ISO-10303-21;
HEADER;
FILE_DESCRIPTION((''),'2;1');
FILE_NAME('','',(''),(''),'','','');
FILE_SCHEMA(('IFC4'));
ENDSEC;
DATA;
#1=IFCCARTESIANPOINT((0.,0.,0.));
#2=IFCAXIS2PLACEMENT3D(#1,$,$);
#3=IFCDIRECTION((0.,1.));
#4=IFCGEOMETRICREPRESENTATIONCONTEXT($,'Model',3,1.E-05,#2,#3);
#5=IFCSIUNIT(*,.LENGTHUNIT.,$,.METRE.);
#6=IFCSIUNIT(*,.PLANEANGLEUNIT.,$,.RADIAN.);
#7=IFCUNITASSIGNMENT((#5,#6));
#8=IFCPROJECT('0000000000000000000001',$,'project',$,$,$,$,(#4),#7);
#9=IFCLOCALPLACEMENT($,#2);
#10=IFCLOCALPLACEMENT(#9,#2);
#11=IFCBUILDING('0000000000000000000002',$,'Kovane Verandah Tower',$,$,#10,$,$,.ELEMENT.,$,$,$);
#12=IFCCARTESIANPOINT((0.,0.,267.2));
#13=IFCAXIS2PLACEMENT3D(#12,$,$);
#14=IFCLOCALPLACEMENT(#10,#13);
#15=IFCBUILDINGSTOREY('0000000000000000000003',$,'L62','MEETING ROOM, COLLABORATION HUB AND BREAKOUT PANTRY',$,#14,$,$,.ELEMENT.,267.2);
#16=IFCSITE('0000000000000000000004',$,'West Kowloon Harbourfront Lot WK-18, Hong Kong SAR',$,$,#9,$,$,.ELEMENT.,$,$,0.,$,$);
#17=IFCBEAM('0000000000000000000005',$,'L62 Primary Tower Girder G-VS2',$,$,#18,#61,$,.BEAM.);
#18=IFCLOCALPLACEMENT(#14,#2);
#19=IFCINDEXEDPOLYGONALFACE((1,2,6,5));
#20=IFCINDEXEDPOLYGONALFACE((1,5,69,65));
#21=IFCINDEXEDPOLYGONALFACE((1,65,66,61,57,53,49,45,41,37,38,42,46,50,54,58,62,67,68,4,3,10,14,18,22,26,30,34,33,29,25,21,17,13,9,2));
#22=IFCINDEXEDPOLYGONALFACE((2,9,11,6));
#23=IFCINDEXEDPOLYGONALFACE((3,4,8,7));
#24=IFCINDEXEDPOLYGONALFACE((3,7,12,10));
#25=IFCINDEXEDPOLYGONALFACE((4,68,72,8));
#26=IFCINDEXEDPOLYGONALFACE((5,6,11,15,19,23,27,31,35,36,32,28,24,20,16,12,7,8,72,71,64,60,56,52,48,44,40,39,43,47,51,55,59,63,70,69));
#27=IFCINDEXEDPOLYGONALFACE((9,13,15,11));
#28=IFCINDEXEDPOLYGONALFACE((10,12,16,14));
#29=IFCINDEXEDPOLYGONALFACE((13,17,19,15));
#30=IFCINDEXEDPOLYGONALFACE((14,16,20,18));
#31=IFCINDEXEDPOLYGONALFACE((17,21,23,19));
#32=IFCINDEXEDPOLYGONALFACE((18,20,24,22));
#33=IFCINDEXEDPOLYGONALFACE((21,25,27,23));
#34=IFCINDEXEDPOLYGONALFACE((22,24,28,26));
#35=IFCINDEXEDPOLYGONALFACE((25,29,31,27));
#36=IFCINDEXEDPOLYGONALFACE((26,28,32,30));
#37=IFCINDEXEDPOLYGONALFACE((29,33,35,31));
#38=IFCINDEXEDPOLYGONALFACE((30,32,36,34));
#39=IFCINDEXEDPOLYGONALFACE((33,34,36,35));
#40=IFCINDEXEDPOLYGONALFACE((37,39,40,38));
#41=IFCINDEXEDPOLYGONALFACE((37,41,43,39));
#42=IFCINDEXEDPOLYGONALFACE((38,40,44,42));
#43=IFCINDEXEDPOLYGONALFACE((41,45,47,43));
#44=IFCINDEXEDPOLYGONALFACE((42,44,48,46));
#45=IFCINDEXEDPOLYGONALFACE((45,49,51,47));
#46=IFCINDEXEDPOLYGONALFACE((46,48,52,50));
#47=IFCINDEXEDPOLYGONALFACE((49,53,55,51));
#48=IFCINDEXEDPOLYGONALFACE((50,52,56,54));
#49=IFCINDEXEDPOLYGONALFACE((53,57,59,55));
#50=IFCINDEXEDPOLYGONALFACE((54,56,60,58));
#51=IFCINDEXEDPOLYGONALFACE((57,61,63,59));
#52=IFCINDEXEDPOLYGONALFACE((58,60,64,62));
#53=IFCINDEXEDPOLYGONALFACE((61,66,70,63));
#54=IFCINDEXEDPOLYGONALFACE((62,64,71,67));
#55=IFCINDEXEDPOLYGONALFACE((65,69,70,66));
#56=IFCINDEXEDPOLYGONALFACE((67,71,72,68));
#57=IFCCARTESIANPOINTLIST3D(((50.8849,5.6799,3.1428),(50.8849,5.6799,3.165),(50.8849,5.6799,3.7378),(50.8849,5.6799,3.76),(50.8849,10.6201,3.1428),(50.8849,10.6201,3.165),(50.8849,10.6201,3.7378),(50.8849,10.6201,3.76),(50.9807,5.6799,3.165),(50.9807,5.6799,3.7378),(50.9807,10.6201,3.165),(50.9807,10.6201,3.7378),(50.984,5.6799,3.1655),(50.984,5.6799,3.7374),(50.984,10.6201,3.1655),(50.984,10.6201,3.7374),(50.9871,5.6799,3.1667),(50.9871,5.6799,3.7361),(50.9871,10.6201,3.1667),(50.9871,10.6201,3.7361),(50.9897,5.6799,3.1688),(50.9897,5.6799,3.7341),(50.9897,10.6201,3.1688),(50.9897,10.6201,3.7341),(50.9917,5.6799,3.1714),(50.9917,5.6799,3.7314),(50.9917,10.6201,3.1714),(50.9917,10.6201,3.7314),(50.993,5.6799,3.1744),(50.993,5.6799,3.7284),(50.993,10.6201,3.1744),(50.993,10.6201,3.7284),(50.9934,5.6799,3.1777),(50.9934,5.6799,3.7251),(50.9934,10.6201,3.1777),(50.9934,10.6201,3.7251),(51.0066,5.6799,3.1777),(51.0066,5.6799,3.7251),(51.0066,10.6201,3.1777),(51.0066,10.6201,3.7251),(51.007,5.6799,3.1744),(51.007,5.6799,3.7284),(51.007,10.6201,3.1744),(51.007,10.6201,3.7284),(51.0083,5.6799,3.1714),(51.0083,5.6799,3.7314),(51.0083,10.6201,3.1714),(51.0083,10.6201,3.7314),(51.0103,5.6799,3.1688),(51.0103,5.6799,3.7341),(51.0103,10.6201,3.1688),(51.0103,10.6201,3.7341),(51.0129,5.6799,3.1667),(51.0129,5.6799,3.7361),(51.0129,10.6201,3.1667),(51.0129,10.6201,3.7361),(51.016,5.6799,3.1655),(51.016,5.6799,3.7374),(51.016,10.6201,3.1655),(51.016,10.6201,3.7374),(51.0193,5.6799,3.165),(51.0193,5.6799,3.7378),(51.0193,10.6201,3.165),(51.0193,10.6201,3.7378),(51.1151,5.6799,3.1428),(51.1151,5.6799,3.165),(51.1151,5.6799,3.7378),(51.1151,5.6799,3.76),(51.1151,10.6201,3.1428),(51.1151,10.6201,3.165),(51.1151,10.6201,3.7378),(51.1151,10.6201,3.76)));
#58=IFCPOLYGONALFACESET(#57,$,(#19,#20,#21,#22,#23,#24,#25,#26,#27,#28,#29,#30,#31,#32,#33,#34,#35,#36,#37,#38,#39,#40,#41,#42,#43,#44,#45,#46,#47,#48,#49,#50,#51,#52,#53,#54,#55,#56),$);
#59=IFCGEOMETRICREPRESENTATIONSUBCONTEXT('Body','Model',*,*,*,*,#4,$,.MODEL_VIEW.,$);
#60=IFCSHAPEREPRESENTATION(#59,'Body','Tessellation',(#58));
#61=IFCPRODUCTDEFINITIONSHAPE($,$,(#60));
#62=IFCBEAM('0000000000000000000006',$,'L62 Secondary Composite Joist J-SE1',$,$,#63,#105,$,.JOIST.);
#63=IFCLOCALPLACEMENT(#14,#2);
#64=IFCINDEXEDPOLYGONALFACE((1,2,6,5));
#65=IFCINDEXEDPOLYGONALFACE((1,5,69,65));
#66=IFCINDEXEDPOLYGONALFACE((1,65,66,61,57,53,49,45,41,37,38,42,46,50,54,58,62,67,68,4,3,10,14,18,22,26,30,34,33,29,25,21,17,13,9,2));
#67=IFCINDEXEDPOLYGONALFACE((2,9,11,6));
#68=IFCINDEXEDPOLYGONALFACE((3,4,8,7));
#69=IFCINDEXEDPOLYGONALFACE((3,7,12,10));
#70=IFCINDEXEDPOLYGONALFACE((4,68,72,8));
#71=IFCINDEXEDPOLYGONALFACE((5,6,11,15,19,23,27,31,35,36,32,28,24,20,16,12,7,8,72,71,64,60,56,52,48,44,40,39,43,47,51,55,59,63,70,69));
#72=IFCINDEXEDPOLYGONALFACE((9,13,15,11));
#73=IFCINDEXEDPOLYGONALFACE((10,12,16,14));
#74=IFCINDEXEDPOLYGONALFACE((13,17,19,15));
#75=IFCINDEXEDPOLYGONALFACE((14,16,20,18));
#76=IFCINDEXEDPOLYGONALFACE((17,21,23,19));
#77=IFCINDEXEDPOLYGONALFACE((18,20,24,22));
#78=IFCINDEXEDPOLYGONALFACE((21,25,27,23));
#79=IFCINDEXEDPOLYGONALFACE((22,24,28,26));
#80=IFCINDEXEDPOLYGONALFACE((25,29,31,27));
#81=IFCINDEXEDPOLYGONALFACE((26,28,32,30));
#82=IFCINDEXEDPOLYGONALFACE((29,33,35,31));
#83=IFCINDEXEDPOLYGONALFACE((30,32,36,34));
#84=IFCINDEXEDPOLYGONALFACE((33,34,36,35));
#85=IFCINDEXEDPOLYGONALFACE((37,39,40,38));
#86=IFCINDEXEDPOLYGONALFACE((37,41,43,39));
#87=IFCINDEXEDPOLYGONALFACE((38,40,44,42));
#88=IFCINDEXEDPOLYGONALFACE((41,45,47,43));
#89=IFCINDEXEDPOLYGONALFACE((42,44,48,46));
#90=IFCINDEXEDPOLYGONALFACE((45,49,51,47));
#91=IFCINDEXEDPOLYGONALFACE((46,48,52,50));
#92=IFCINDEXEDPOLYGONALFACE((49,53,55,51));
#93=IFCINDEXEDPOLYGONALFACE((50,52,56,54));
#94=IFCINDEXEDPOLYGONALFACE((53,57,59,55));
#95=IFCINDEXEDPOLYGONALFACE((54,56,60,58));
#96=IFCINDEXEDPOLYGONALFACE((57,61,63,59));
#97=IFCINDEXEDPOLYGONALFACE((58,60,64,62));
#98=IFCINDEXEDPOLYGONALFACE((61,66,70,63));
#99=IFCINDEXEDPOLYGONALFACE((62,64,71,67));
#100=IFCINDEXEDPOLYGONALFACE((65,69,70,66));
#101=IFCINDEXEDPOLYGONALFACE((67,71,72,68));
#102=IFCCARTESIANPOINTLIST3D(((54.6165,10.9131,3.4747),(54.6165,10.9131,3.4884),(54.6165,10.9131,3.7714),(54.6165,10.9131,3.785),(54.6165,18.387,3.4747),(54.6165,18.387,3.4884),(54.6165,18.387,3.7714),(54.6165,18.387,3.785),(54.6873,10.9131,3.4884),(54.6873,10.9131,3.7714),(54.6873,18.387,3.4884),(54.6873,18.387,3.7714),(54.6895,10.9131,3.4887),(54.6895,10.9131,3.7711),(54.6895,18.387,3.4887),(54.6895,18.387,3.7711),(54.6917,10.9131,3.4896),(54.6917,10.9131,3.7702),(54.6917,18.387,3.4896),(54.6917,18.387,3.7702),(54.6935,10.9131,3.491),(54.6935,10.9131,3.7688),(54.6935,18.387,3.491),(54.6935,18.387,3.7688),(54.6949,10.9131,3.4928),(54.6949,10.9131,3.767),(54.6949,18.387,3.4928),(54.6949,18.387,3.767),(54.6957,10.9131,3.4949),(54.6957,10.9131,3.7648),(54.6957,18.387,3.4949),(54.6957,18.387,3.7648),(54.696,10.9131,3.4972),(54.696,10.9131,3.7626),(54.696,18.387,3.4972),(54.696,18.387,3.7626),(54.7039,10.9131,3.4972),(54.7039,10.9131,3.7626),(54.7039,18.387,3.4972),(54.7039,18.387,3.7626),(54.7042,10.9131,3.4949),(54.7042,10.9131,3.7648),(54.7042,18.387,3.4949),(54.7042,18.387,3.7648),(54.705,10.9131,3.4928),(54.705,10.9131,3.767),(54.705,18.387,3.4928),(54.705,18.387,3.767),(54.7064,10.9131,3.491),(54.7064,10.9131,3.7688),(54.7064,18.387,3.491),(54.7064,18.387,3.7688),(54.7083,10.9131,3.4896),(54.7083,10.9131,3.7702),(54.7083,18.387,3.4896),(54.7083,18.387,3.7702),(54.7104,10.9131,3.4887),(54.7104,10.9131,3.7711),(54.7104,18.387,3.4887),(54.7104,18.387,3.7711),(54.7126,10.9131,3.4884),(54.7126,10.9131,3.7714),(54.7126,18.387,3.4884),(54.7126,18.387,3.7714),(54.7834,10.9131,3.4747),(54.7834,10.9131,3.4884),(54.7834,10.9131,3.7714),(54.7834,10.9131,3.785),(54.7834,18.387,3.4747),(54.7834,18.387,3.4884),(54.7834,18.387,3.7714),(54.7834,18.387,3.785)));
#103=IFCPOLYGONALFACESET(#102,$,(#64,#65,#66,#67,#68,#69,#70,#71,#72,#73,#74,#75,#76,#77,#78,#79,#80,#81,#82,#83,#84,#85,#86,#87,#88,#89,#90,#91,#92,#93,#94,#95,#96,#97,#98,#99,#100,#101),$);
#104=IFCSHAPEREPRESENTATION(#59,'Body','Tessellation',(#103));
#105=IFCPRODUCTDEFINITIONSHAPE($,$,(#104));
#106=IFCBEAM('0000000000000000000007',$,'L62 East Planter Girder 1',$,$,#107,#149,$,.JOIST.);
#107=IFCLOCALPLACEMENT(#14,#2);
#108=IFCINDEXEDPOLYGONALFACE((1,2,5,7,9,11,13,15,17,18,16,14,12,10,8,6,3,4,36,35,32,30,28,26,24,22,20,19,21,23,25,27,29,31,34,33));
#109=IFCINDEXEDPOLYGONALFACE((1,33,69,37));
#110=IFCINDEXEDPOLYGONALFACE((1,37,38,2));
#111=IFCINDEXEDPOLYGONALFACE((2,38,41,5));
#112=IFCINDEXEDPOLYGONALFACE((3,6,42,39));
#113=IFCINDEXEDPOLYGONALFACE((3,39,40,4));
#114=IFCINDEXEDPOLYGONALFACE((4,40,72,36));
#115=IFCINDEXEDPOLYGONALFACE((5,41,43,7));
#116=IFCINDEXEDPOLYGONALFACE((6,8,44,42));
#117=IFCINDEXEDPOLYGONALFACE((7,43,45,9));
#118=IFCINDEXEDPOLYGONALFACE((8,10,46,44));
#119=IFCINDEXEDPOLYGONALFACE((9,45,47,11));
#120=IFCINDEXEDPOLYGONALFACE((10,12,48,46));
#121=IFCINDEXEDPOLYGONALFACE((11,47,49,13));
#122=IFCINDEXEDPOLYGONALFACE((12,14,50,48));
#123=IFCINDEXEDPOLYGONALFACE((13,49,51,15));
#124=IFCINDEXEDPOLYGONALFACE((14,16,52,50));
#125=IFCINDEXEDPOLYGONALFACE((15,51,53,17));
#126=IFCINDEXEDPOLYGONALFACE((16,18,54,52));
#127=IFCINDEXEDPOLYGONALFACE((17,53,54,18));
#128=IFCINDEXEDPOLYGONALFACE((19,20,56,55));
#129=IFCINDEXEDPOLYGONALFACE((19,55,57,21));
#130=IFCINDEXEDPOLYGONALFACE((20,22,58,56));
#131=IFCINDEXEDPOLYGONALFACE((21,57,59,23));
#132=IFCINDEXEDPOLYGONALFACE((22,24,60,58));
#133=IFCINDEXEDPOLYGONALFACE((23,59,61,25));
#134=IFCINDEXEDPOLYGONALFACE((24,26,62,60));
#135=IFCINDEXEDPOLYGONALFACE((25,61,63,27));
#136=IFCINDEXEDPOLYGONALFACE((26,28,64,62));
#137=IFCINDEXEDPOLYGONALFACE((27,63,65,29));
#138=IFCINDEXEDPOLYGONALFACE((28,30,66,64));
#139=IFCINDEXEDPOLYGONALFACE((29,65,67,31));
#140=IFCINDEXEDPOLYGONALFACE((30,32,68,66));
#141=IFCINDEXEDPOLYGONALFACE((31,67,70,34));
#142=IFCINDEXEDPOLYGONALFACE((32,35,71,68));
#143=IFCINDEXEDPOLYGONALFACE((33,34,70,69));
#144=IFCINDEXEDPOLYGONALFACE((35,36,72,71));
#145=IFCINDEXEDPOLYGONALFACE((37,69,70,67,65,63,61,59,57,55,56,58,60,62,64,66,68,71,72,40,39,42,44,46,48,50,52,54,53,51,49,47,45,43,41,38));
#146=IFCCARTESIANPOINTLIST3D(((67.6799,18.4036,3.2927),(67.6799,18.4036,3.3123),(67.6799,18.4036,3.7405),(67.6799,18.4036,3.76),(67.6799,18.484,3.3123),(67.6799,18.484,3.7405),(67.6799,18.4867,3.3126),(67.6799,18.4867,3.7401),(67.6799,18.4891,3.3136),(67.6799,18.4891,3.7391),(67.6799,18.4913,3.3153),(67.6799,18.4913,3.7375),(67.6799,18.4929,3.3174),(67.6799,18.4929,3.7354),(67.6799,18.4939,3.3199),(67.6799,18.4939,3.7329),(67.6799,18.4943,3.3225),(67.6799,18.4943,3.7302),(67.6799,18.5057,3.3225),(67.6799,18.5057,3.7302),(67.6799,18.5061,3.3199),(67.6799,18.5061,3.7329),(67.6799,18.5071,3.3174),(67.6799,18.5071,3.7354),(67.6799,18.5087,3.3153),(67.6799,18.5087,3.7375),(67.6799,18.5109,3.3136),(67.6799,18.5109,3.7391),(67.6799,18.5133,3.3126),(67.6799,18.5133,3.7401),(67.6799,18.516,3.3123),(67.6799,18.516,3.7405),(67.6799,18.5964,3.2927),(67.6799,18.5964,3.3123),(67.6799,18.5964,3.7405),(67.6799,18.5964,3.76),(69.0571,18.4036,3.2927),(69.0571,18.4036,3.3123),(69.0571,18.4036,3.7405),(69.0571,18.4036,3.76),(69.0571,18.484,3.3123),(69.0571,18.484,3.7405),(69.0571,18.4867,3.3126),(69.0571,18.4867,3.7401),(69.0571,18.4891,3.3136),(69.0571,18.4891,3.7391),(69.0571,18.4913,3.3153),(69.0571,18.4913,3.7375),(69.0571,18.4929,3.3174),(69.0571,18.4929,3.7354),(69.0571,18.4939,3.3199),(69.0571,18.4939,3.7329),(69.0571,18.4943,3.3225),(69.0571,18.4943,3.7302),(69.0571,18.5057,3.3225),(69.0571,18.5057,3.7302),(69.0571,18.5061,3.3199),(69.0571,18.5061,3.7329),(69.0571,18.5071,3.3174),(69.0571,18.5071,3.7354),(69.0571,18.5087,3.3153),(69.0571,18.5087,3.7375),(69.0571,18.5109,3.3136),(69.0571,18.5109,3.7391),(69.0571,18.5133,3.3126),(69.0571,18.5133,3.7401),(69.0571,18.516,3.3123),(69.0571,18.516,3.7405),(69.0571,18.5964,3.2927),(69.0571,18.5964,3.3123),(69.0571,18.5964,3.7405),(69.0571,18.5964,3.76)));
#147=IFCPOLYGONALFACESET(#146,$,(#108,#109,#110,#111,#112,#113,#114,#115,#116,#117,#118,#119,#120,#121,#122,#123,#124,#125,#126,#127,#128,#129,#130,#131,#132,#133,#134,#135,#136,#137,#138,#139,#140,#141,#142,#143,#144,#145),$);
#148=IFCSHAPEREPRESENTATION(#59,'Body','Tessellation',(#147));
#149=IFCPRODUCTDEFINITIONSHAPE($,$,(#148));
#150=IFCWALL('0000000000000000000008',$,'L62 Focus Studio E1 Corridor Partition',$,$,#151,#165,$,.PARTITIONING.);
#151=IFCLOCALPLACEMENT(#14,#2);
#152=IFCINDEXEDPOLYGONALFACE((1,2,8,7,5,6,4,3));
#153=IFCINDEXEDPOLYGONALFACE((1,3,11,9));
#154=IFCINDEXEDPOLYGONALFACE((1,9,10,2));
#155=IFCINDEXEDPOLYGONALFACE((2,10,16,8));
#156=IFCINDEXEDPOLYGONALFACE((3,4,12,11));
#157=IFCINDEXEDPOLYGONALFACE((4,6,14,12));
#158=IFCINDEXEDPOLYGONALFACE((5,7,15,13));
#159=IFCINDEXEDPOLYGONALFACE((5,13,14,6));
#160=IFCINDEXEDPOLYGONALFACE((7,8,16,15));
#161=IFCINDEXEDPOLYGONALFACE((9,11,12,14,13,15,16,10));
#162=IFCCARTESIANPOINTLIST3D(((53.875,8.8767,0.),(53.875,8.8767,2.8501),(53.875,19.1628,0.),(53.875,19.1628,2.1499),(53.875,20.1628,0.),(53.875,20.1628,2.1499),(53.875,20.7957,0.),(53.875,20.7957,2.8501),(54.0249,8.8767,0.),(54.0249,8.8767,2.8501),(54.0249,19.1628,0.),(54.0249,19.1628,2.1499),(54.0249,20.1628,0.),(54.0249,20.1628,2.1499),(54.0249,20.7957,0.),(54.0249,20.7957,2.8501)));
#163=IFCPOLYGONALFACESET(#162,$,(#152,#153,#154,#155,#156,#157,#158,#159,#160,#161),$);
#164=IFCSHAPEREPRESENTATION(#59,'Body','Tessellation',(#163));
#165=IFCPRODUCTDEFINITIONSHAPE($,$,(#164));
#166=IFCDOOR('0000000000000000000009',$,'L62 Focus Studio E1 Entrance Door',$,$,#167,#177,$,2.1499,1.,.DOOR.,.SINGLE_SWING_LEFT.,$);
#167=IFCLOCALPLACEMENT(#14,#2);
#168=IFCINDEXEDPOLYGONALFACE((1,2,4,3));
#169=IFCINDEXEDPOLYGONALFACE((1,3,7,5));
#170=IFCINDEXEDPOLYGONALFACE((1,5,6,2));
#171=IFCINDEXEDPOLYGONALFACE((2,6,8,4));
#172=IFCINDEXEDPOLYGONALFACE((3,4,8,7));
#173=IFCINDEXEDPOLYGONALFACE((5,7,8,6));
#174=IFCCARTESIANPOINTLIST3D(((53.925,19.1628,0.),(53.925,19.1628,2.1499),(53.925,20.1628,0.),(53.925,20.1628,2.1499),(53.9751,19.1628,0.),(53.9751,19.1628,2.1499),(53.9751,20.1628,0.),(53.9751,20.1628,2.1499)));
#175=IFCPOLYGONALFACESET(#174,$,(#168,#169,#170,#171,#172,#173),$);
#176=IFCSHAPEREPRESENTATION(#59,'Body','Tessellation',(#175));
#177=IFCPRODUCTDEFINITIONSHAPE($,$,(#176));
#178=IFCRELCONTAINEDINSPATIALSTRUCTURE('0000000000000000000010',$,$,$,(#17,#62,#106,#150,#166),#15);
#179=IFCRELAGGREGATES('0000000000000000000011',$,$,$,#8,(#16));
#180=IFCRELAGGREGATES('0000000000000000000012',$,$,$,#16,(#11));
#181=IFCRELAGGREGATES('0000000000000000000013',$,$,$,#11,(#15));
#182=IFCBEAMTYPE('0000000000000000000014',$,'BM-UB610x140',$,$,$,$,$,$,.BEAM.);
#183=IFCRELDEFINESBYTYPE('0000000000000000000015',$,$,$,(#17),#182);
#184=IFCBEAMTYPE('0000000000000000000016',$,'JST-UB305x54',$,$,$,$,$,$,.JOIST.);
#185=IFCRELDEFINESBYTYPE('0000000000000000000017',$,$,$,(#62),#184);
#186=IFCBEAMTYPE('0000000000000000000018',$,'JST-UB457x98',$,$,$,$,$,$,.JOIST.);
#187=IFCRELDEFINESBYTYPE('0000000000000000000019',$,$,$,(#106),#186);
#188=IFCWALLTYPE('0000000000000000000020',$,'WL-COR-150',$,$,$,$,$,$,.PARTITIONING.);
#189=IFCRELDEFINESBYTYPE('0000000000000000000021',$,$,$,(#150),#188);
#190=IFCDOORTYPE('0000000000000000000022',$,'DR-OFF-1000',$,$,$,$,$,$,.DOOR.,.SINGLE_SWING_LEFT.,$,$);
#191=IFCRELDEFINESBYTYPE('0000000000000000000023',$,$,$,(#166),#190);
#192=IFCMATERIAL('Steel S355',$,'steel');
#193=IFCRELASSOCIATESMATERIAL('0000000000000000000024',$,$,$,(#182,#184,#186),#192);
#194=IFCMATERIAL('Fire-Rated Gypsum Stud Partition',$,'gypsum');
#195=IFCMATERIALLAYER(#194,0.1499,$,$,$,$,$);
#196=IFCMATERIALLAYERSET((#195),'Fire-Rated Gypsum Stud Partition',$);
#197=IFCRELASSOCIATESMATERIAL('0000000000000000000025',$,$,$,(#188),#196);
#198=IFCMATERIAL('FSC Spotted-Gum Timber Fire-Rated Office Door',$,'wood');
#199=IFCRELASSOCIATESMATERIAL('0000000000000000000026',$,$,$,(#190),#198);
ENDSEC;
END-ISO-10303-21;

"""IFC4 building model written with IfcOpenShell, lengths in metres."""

from ifc_helpers import new_model, si_unit, direction, frame, frame_2d, origin, origin_2d, place, context, subcontext, project, spatial, rectangle, i_section, extrude, material, layer, layer_set, material_profile, profile_set, type_object, element, fill, save


model = new_model("IFC4")

# Units and contexts
model_context = context("Model", 3, precision=1e-05, world=origin(), true_north=direction((0.0, 1.0)))
body_context = subcontext(model_context, "Body", "Model", "MODEL_VIEW")
ifc_project = project(units=[si_unit("LENGTHUNIT", "METRE"), si_unit("PLANEANGLEUNIT", "RADIAN")], contexts=[model_context])

# Site, building, storey
site_placement = place(None, origin())
site = spatial("IfcSite", under=ifc_project, at=site_placement, Name="West Kowloon Harbourfront Lot WK-18, Hong Kong SAR", CompositionType="ELEMENT", RefElevation=0.0)
building_placement = place(site_placement, origin())
building = spatial("IfcBuilding", under=site, at=building_placement, Name="Kovane Verandah Tower", CompositionType="ELEMENT")
storey_placement = place(building_placement, frame((0.0, 0.0, 267.2)))
storey = spatial("IfcBuildingStorey", under=building, at=storey_placement, Name="L62", Description="MEETING ROOM, COLLABORATION HUB AND BREAKOUT PANTRY", CompositionType="ELEMENT", Elevation=267.2)

# Beams
ifc_material_1 = material(Name="Steel S355", Category="steel")
ifc_material_profile_1 = material_profile(ifc_material_1, i_section(OverallWidth=0.2302, OverallDepth=0.6172, WebThickness=0.0132, FlangeThickness=0.0222, FilletRadius=0.0127, at=origin_2d()), Name="UB610x229x140")
ifc_profile_set_1 = profile_set([ifc_material_profile_1], Name="Steel S355")
beam_type_1 = type_object("IfcBeamType", Name="BM-UB610x140", PredefinedType="BEAM", material=ifc_profile_set_1)
beam_1_placement = place(storey_placement, frame((51.0, 10.6201, 3.4514), z_axis=(0.0, -1.0, 0.0), x_axis=(1.0, 0.0, 0.0)))
element("IfcBeam", 1, at=beam_1_placement, inside=storey, type_object=beam_type_1, Name="L62 Primary Tower Girder G-VS2", PredefinedType="BEAM", context=body_context, shape_type="SweptSolid", body=[
    extrude(i_section(OverallWidth=0.2302, OverallDepth=0.6172, WebThickness=0.0132, FlangeThickness=0.0222, FilletRadius=0.0127, at=origin_2d()), origin(), (0.0, 0.0, 1.0), 4.9402),
])
ifc_material_profile_2 = material_profile(ifc_material_1, i_section(OverallWidth=0.167, OverallDepth=0.3103, WebThickness=0.0078, FlangeThickness=0.0137, FilletRadius=0.0088, at=origin_2d()), Name="UB305x165x54")
ifc_profile_set_2 = profile_set([ifc_material_profile_2], Name="Steel S355")
beam_type_2 = type_object("IfcBeamType", Name="JST-UB305x54", PredefinedType="JOIST", material=ifc_profile_set_2)
beam_2_placement = place(storey_placement, frame((54.7, 10.9131, 3.6299), z_axis=(0.0, 1.0, 0.0), x_axis=(-1.0, 0.0, 0.0)))
element("IfcBeam", 2, at=beam_2_placement, inside=storey, type_object=beam_type_2, Name="L62 Secondary Composite Joist J-SE1", PredefinedType="JOIST", context=body_context, shape_type="SweptSolid", body=[
    extrude(i_section(OverallWidth=0.167, OverallDepth=0.3103, WebThickness=0.0078, FlangeThickness=0.0137, FilletRadius=0.0088, at=origin_2d()), origin(), (0.0, 0.0, 1.0), 7.4739),
])
ifc_material_profile_3 = material_profile(ifc_material_1, i_section(OverallWidth=0.1929, OverallDepth=0.4673, WebThickness=0.0115, FlangeThickness=0.0195, FilletRadius=0.0103, at=origin_2d()), Name="UB457x191x98")
ifc_profile_set_3 = profile_set([ifc_material_profile_3], Name="Steel S355")
beam_type_3 = type_object("IfcBeamType", Name="JST-UB457x98", PredefinedType="JOIST", material=ifc_profile_set_3)
beam_3_placement = place(storey_placement, frame((67.6799, 18.5, 3.5264), z_axis=(1.0, 0.0, 0.0), x_axis=(0.0, 1.0, 0.0)))
element("IfcBeam", 3, at=beam_3_placement, inside=storey, type_object=beam_type_3, Name="L62 East Planter Girder 1", PredefinedType="JOIST", context=body_context, shape_type="SweptSolid", body=[
    extrude(i_section(OverallWidth=0.1929, OverallDepth=0.4673, WebThickness=0.0115, FlangeThickness=0.0195, FilletRadius=0.0103, at=origin_2d()), origin(), (0.0, 0.0, 1.0), 1.3772),
])

# Wall, opening, door
ifc_material_2 = material(Name="Fire-Rated Gypsum Stud Partition", Category="gypsum")
ifc_layer_1 = layer(ifc_material_2, 0.1499)
ifc_layer_set_1 = layer_set([ifc_layer_1], Name="Fire-Rated Gypsum Stud Partition")
wall_type_1 = type_object("IfcWallType", Name="WL-COR-150", PredefinedType="PARTITIONING", material=ifc_layer_set_1)
wall_1_placement = place(storey_placement, frame((53.95, 8.8767, 0.0), z_axis=(0.0, 0.0, 1.0), x_axis=(0.0, 1.0, 0.0)))
wall_1 = element("IfcWall", 4, at=wall_1_placement, inside=storey, type_object=wall_type_1, Name="L62 Focus Studio E1 Corridor Partition", PredefinedType="PARTITIONING", context=body_context, shape_type="SweptSolid", body=[
    extrude(rectangle(XDim=11.9189, YDim=0.1499, at=frame_2d((5.9595, 0.0))), origin(), (0.0, 0.0, 1.0), 2.8501),
])
opening_1_placement = place(wall_1_placement, frame((10.2861, 0.0, 0.0)))
opening_1 = element("IfcOpeningElement", 5, at=opening_1_placement, cuts=wall_1, PredefinedType="OPENING", context=body_context, shape_type="SweptSolid", body=[
    extrude(rectangle(XDim=1.0, YDim=2.1499, at=frame_2d((0.5, 1.075))), frame((0.0, 0.075, 0.0), z_axis=(0.0, -1.0, 0.0), x_axis=(1.0, 0.0, 0.0)), (0.0, 0.0, 1.0), 0.1499),
])
ifc_material_3 = material(Name="FSC Spotted-Gum Timber Fire-Rated Office Door", Category="wood")
door_type_1 = type_object("IfcDoorType", Name="DR-OFF-1000", OperationType="SINGLE_SWING_LEFT", PredefinedType="DOOR", material=ifc_material_3)
door_1_placement = place(opening_1_placement, origin())
door_1 = element("IfcDoor", 6, at=door_1_placement, inside=storey, type_object=door_type_1, Name="L62 Focus Studio E1 Entrance Door", OperationType="SINGLE_SWING_LEFT", OverallHeight=2.1499, OverallWidth=1.0, PredefinedType="DOOR", context=body_context, shape_type="SweptSolid", body=[
    extrude(rectangle(XDim=1.0, YDim=2.1499, at=frame_2d((0.5, 1.075))), frame((0.0, 0.0249, 0.0), z_axis=(0.0, -1.0, 0.0), x_axis=(1.0, 0.0, 0.0)), (0.0, 0.0, 1.0), 0.05),
])
fill(opening_1, door_1)

save(model, "model.ifc")
